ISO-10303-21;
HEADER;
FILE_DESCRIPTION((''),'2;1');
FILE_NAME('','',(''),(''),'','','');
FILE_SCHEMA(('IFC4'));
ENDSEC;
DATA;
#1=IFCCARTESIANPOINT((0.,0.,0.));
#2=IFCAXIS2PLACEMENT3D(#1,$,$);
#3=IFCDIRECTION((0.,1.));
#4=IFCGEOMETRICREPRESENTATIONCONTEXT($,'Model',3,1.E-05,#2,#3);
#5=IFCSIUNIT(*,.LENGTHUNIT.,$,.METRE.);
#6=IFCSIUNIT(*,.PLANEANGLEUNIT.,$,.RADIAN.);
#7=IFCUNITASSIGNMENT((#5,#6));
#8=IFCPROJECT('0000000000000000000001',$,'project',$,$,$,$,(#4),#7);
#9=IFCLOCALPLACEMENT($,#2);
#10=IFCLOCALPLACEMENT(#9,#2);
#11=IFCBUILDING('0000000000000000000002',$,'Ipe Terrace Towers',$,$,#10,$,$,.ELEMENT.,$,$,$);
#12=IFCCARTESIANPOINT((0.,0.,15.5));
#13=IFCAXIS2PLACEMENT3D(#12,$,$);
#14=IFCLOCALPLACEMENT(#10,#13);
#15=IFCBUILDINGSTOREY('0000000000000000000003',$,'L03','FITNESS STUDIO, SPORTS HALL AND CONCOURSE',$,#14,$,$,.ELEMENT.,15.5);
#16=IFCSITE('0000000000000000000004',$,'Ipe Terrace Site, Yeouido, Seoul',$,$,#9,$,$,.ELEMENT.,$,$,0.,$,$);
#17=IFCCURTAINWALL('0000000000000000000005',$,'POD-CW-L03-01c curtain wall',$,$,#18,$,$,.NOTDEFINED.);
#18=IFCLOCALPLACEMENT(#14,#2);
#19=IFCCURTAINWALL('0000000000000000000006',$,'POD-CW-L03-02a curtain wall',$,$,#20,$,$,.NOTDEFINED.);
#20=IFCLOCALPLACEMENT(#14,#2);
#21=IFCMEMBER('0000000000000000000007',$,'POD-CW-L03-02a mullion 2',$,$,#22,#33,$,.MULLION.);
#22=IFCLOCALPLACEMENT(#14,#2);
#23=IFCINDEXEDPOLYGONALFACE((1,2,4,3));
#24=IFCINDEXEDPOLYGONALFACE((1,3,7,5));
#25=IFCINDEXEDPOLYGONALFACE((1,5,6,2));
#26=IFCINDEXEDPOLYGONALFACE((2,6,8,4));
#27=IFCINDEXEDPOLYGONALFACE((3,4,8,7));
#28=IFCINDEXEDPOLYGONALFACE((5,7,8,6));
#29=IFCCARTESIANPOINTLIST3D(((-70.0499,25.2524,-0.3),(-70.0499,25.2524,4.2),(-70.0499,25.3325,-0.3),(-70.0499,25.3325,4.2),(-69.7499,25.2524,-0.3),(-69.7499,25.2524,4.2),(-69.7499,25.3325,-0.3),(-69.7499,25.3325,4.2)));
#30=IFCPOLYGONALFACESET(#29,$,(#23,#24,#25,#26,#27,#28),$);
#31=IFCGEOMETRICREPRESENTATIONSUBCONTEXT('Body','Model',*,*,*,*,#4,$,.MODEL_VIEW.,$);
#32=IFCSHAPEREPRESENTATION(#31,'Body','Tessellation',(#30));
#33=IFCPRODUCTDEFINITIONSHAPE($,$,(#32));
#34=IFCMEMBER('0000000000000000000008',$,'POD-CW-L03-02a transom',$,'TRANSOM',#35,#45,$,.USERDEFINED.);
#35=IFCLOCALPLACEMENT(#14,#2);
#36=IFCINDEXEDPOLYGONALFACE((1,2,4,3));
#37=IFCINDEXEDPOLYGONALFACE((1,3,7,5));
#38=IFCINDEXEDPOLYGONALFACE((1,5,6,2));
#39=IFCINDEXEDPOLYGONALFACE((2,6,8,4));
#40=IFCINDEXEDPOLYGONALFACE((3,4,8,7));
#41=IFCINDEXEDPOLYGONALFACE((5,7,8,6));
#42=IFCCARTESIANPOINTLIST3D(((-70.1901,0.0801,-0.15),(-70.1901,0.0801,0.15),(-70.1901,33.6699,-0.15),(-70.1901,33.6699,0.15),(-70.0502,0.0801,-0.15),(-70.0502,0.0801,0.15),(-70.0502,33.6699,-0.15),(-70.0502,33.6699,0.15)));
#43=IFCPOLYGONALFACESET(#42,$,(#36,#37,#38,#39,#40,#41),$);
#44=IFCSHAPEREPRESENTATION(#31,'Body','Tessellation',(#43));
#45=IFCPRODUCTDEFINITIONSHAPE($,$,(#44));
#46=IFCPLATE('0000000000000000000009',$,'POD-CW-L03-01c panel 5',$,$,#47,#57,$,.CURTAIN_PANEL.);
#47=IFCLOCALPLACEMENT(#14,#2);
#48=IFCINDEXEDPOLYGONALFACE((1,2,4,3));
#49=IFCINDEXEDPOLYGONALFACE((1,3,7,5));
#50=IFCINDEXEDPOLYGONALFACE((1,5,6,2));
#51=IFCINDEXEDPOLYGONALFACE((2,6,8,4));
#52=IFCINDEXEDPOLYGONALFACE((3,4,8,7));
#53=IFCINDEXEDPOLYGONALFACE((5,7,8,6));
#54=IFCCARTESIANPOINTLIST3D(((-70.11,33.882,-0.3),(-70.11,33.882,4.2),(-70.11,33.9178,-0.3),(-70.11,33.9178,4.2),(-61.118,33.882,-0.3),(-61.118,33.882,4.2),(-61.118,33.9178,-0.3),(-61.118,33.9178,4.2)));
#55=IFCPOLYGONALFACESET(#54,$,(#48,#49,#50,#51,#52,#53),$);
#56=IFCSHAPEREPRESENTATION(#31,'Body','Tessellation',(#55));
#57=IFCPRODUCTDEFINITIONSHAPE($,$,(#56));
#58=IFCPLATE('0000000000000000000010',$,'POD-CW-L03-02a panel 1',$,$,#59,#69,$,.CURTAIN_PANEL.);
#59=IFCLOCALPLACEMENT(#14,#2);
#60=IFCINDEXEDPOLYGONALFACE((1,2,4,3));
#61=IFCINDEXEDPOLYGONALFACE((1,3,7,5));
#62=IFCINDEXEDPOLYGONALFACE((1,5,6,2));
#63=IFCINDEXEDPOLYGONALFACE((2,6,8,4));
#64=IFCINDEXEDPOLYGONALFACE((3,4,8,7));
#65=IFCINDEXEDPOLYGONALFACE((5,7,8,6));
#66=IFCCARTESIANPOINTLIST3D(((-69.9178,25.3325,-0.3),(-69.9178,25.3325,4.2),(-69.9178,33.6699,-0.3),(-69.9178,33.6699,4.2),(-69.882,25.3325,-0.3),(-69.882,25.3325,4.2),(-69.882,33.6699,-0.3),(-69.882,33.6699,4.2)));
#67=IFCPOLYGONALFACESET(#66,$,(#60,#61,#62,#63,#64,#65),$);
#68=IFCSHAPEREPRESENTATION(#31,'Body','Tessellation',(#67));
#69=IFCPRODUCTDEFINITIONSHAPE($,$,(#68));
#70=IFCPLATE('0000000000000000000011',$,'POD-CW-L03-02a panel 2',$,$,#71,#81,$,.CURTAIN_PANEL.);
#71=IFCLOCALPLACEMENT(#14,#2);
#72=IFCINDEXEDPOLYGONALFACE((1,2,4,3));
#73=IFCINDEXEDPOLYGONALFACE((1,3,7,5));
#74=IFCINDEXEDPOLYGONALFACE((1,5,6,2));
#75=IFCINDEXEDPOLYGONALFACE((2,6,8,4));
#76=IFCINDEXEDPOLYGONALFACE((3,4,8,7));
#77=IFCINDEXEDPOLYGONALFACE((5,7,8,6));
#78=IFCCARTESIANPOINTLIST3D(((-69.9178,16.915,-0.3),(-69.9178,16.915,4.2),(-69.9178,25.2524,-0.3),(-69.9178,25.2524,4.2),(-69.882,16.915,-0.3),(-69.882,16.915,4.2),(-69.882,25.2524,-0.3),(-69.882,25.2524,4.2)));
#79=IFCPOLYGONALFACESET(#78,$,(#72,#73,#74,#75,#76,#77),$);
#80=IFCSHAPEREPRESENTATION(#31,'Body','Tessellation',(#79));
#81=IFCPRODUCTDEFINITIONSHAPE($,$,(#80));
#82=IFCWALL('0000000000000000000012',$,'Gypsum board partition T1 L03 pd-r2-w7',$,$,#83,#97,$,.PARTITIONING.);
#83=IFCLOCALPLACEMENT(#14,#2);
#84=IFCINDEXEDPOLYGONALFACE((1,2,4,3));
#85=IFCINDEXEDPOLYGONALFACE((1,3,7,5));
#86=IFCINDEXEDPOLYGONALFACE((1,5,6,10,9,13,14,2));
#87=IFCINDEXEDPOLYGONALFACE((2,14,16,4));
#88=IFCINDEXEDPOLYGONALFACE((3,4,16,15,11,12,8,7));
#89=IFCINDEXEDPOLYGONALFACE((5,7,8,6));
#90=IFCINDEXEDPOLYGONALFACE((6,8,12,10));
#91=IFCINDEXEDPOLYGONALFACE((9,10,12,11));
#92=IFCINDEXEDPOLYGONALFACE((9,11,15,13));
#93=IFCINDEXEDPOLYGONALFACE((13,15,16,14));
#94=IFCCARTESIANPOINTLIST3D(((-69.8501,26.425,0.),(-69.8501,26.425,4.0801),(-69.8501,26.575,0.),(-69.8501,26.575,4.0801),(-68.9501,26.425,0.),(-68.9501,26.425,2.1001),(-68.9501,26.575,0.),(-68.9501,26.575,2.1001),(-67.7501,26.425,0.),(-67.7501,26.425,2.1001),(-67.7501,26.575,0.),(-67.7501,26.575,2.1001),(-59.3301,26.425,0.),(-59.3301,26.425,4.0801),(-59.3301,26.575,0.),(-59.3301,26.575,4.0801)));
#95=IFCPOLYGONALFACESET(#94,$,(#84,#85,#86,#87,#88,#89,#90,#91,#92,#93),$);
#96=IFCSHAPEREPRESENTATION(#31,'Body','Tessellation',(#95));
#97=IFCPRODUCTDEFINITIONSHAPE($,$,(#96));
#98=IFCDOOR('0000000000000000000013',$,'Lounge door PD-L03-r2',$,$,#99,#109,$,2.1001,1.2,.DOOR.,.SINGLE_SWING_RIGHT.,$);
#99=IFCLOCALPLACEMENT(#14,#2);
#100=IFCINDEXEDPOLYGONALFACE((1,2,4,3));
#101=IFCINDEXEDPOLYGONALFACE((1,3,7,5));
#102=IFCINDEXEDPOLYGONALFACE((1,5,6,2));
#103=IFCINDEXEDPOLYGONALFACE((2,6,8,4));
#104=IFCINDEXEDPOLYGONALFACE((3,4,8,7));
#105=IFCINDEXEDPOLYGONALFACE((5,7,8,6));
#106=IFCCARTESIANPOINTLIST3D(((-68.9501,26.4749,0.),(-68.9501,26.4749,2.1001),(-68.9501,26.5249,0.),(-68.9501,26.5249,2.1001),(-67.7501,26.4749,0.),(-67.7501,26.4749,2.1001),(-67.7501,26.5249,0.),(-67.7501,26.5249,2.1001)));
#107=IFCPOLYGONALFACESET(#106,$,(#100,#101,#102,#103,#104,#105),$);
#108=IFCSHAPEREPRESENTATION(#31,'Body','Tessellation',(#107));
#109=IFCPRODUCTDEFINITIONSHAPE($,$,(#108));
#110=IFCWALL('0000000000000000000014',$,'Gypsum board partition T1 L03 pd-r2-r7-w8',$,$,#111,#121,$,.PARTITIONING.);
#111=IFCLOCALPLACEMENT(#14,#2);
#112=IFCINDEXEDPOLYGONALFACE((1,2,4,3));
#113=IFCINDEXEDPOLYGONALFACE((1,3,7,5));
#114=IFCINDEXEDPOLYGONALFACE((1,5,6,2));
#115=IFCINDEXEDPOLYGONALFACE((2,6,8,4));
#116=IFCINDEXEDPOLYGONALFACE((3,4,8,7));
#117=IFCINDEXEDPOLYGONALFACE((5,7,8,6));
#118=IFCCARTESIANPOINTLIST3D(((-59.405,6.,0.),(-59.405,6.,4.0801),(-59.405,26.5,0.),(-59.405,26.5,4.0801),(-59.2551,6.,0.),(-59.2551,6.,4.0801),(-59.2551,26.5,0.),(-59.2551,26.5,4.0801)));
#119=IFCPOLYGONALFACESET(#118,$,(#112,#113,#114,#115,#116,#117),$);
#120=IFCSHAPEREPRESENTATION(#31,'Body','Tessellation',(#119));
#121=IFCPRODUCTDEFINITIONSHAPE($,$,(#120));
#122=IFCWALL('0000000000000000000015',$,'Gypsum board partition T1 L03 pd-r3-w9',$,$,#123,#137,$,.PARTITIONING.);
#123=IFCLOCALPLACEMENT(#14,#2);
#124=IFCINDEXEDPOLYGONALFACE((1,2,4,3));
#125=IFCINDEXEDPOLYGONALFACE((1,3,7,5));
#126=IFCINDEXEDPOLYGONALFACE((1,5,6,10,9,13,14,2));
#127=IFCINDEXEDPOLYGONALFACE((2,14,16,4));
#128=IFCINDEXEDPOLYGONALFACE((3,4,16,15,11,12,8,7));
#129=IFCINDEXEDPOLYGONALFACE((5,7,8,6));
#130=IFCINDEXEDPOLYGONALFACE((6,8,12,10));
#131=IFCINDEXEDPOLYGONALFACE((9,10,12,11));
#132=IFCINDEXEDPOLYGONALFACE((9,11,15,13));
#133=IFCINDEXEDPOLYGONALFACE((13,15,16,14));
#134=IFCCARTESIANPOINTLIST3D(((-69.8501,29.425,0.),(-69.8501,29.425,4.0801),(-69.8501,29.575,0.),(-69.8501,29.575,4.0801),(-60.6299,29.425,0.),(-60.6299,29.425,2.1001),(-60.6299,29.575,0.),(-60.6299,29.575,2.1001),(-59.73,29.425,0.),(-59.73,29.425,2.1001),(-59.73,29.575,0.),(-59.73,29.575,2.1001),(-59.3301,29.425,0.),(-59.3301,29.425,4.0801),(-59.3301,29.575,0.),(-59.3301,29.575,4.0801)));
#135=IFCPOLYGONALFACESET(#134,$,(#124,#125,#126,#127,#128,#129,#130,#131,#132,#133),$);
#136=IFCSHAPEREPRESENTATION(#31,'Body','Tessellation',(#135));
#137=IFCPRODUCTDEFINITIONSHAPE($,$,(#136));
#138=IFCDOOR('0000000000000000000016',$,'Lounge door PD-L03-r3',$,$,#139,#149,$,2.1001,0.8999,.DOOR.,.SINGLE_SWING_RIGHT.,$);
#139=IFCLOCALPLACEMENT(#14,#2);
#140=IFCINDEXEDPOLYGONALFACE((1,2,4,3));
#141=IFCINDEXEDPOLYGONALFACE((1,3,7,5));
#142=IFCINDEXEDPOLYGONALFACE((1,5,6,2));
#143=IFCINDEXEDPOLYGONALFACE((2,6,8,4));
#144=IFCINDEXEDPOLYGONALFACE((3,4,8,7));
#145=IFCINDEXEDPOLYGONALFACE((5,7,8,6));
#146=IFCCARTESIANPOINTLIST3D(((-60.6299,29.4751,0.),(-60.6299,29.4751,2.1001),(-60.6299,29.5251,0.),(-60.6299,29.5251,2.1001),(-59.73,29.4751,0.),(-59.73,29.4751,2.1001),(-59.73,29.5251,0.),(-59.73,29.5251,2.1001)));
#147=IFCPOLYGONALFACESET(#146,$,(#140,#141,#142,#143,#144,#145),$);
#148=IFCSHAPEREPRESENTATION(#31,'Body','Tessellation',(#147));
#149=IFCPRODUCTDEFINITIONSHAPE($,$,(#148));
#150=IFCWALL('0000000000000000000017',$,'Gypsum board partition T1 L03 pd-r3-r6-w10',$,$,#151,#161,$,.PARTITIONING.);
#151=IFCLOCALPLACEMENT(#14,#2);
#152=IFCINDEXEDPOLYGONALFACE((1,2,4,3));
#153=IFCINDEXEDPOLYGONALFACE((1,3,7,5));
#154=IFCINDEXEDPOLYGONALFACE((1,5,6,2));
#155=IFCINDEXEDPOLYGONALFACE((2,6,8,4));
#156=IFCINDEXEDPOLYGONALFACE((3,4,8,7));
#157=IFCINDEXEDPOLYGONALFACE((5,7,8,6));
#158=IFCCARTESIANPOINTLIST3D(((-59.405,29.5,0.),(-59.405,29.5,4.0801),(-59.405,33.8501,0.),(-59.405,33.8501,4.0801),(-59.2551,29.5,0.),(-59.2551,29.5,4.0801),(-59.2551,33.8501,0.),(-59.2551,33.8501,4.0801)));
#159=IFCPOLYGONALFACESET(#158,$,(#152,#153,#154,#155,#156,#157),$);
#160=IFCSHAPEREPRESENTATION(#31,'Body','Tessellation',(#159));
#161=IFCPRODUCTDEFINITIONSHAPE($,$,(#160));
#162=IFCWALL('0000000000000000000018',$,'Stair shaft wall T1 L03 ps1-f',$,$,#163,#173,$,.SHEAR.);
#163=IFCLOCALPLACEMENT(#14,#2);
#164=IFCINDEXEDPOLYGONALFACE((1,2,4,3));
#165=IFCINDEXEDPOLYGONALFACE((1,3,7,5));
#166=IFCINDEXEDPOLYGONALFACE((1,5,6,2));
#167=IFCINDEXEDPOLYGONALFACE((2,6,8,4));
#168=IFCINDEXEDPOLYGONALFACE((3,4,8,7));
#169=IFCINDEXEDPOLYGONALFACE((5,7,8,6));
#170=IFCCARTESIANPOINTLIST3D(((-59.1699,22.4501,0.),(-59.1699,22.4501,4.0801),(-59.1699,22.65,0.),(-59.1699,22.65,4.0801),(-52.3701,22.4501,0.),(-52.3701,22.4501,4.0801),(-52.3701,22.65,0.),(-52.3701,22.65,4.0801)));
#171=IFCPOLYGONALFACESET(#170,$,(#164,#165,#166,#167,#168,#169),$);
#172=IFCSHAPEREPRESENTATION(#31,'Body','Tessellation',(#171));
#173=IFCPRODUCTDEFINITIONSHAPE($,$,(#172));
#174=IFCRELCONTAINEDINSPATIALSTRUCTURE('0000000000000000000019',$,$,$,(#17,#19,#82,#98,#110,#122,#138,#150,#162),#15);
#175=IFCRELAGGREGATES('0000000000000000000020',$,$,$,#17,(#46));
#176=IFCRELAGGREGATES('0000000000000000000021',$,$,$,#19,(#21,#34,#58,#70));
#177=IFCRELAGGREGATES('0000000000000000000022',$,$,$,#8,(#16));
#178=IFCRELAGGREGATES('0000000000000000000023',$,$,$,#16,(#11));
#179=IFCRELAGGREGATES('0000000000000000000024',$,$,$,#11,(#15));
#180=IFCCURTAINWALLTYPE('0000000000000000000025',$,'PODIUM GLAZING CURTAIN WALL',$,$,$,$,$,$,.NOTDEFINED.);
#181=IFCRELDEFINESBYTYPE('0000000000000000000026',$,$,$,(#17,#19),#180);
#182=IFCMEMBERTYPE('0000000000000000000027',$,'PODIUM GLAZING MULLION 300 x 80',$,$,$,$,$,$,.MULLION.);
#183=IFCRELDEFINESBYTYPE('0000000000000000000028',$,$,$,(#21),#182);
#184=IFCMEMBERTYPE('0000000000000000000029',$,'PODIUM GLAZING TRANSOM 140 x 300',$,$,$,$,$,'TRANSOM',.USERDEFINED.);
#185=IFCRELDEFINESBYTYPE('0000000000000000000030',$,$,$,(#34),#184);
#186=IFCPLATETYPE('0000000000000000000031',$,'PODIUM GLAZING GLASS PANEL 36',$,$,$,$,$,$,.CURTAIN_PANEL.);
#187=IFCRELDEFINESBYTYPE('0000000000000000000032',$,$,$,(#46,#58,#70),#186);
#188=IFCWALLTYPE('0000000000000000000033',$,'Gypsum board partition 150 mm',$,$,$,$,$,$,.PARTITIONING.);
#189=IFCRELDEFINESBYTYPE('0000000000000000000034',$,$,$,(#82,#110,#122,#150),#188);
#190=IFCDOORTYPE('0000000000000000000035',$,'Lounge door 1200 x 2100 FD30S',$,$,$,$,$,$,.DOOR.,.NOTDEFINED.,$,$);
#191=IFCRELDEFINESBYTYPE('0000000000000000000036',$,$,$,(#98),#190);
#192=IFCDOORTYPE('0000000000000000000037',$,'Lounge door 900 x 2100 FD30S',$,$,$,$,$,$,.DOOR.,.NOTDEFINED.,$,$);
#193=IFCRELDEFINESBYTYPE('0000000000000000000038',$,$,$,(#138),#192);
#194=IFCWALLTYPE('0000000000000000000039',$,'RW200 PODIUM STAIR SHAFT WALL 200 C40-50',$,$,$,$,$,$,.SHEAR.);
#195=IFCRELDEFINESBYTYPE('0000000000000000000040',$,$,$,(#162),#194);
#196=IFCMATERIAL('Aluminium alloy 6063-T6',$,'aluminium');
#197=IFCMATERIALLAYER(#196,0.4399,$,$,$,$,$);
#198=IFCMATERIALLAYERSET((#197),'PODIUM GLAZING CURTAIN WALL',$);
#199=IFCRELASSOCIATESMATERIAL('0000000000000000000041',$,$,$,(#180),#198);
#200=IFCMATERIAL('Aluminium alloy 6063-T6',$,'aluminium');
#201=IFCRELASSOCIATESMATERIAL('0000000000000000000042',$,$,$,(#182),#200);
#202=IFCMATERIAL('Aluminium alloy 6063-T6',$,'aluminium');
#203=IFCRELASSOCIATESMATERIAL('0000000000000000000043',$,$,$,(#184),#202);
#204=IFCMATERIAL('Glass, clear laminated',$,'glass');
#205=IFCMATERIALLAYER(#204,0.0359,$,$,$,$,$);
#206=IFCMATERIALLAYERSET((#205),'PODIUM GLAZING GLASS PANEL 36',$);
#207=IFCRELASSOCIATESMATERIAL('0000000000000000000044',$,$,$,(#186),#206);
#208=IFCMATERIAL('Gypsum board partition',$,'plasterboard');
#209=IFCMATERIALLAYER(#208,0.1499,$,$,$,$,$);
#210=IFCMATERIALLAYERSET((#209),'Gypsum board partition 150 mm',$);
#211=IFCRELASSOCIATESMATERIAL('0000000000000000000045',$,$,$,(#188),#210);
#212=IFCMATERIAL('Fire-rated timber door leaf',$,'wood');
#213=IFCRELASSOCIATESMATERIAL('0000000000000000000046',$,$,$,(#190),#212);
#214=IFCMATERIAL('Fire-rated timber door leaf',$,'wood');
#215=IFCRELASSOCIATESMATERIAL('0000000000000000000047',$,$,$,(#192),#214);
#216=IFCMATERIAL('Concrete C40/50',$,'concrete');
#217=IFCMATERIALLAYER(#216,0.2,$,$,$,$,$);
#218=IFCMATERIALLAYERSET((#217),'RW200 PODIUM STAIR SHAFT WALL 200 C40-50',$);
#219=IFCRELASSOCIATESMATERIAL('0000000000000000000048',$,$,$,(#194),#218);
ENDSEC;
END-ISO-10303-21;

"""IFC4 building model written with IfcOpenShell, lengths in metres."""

from ifc_helpers import new_model, si_unit, direction, frame, frame_2d, origin, origin_2d, place, context, subcontext, project, spatial, rectangle, extrude, material, layer, layer_set, material_profile, profile_set, type_object, element, fill, aggregate, save


model = new_model("IFC4")

# Units and contexts
model_context = context("Model", 3, precision=1e-05, world=origin(), true_north=direction((0.0, 1.0)))
body_context = subcontext(model_context, "Body", "Model", "MODEL_VIEW")
ifc_project = project(units=[si_unit("LENGTHUNIT", "METRE"), si_unit("PLANEANGLEUNIT", "RADIAN")], contexts=[model_context])

# Site, building, storey
site_placement = place(None, origin())
site = spatial("IfcSite", under=ifc_project, at=site_placement, Name="Ipe Terrace Site, Yeouido, Seoul", CompositionType="ELEMENT", RefElevation=0.0)
building_placement = place(site_placement, origin())
building = spatial("IfcBuilding", under=site, at=building_placement, Name="Ipe Terrace Towers", CompositionType="ELEMENT")
storey_placement = place(building_placement, frame((0.0, 0.0, 15.5)))
storey = spatial("IfcBuildingStorey", under=building, at=storey_placement, Name="L03", Description="FITNESS STUDIO, SPORTS HALL AND CONCOURSE", CompositionType="ELEMENT", Elevation=15.5)

# Curtain walls, members
ifc_material_1 = material(Name="Aluminium alloy 6063-T6", Category="aluminium")
ifc_layer_1 = layer(ifc_material_1, 0.4399)
ifc_layer_set_1 = layer_set([ifc_layer_1], Name="PODIUM GLAZING CURTAIN WALL")
curtain_wall_type = type_object("IfcCurtainWallType", Name="PODIUM GLAZING CURTAIN WALL", PredefinedType="NOTDEFINED", material=ifc_layer_set_1)
curtain_wall_1_placement = place(storey_placement, origin())
curtain_wall_1 = element("IfcCurtainWall", 1, at=curtain_wall_1_placement, inside=storey, type_object=curtain_wall_type, Name="POD-CW-L03-01c curtain wall", PredefinedType="NOTDEFINED")
ifc_material_2 = material(Name="Aluminium alloy 6063-T6", Category="aluminium")
ifc_material_profile_1 = material_profile(ifc_material_2, rectangle(XDim=0.3, YDim=0.0801, at=origin_2d()), Name="PODIUM GLAZING MULLION 300 x 80")
ifc_profile_set_1 = profile_set([ifc_material_profile_1], Name="Aluminium alloy 6063-T6")
member_type_1 = type_object("IfcMemberType", Name="PODIUM GLAZING MULLION 300 x 80", PredefinedType="MULLION", material=ifc_profile_set_1)
curtain_wall_2_placement = place(storey_placement, origin())
curtain_wall_2 = element("IfcCurtainWall", 2, at=curtain_wall_2_placement, inside=storey, type_object=curtain_wall_type, Name="POD-CW-L03-02a curtain wall", PredefinedType="NOTDEFINED")
member_1_placement = place(storey_placement, frame((-69.8999, 25.2925, -0.3), z_axis=(0.0, 0.0, 1.0), x_axis=(-1.0, 0.0, 0.0)))
member_1 = element("IfcMember", 3, at=member_1_placement, type_object=member_type_1, Name="POD-CW-L03-02a mullion 2", PredefinedType="MULLION", context=body_context, shape_type="SweptSolid", body=[
    extrude(rectangle(XDim=0.3, YDim=0.0801, at=origin_2d()), origin(), (0.0, 0.0, 1.0), 4.5),
])
ifc_material_3 = material(Name="Aluminium alloy 6063-T6", Category="aluminium")
ifc_material_profile_2 = material_profile(ifc_material_3, rectangle(XDim=0.1399, YDim=0.3, at=origin_2d()), Name="PODIUM GLAZING TRANSOM 140 x 300")
ifc_profile_set_2 = profile_set([ifc_material_profile_2], Name="Aluminium alloy 6063-T6")
member_type_2 = type_object("IfcMemberType", Name="PODIUM GLAZING TRANSOM 140 x 300", ElementType="TRANSOM", PredefinedType="USERDEFINED", material=ifc_profile_set_2)
member_2_placement = place(storey_placement, frame((-70.1201, 33.6699, 0.0), z_axis=(0.0, -1.0, 0.0), x_axis=(-1.0, 0.0, 0.0)))
member_2 = element("IfcMember", 4, at=member_2_placement, type_object=member_type_2, Name="POD-CW-L03-02a transom", ObjectType="TRANSOM", PredefinedType="USERDEFINED", context=body_context, shape_type="SweptSolid", body=[
    extrude(rectangle(XDim=0.1399, YDim=0.3, at=origin_2d()), origin(), (0.0, 0.0, 1.0), 33.5898),
])

# Plates
ifc_material_4 = material(Name="Glass, clear laminated", Category="glass")
ifc_layer_2 = layer(ifc_material_4, 0.0359)
ifc_layer_set_2 = layer_set([ifc_layer_2], Name="PODIUM GLAZING GLASS PANEL 36")
plate_type = type_object("IfcPlateType", Name="PODIUM GLAZING GLASS PANEL 36", PredefinedType="CURTAIN_PANEL", material=ifc_layer_set_2)
plate_1_placement = place(storey_placement, frame((-65.614, 33.8999, -0.3), z_axis=(0.0, 0.0, 1.0), x_axis=(-1.0, 0.0, 0.0)))
plate_1 = element("IfcPlate", 5, at=plate_1_placement, type_object=plate_type, Name="POD-CW-L03-01c panel 5", PredefinedType="CURTAIN_PANEL", context=body_context, shape_type="SweptSolid", body=[
    extrude(rectangle(XDim=8.9919, YDim=0.0359, at=origin_2d()), origin(), (0.0, 0.0, 1.0), 4.5),
])
aggregate(curtain_wall_1, [plate_1])
plate_2_placement = place(storey_placement, frame((-69.8999, 29.5012, -0.3), z_axis=(0.0, 0.0, 1.0), x_axis=(0.0, -1.0, 0.0)))
plate_2 = element("IfcPlate", 6, at=plate_2_placement, type_object=plate_type, Name="POD-CW-L03-02a panel 1", PredefinedType="CURTAIN_PANEL", context=body_context, shape_type="SweptSolid", body=[
    extrude(rectangle(XDim=8.3374, YDim=0.0359, at=origin_2d()), origin(), (0.0, 0.0, 1.0), 4.5),
])
plate_3_placement = place(storey_placement, frame((-69.8999, 21.0837, -0.3), z_axis=(0.0, 0.0, 1.0), x_axis=(0.0, -1.0, 0.0)))
plate_3 = element("IfcPlate", 7, at=plate_3_placement, type_object=plate_type, Name="POD-CW-L03-02a panel 2", PredefinedType="CURTAIN_PANEL", context=body_context, shape_type="SweptSolid", body=[
    extrude(rectangle(XDim=8.3374, YDim=0.0359, at=origin_2d()), origin(), (0.0, 0.0, 1.0), 4.5),
])
aggregate(curtain_wall_2, [member_1, member_2, plate_2, plate_3])

# Wall, opening, door
ifc_material_5 = material(Name="Gypsum board partition", Category="plasterboard")
ifc_layer_3 = layer(ifc_material_5, 0.1499)
ifc_layer_set_3 = layer_set([ifc_layer_3], Name="Gypsum board partition 150 mm")
wall_type_1 = type_object("IfcWallType", Name="Gypsum board partition 150 mm", PredefinedType="PARTITIONING", material=ifc_layer_set_3)
wall_1_placement = place(storey_placement, frame((-69.8501, 26.5, 0.0), z_axis=(0.0, 0.0, 1.0), x_axis=(1.0, 0.0, 0.0)))
wall_1 = element("IfcWall", 8, at=wall_1_placement, inside=storey, type_object=wall_type_1, Name="Gypsum board partition T1 L03 pd-r2-w7", PredefinedType="PARTITIONING", context=body_context, shape_type="SweptSolid", body=[
    extrude(rectangle(XDim=10.52, YDim=0.1499, at=frame_2d((5.26, 0.0))), origin(), (0.0, 0.0, 1.0), 4.0801),
])
opening_1_placement = place(wall_1_placement, frame((0.8999, 0.0, 0.0)))
opening_1 = element("IfcOpeningElement", 9, at=opening_1_placement, cuts=wall_1, PredefinedType="OPENING", context=body_context, shape_type="SweptSolid", body=[
    extrude(rectangle(XDim=1.2, YDim=2.1001, at=frame_2d((0.6001, 1.05))), frame((0.0, 0.085, 0.0), z_axis=(0.0, -1.0, 0.0), x_axis=(1.0, 0.0, 0.0)), (0.0, 0.0, 1.0), 0.1699),
])
ifc_material_6 = material(Name="Fire-rated timber door leaf", Category="wood")
door_type_1 = type_object("IfcDoorType", Name="Lounge door 1200 x 2100 FD30S", OperationType="NOTDEFINED", PredefinedType="DOOR", material=ifc_material_6)
door_1_placement = place(opening_1_placement, origin())
door_1 = element("IfcDoor", 10, at=door_1_placement, inside=storey, type_object=door_type_1, Name="Lounge door PD-L03-r2", OperationType="SINGLE_SWING_RIGHT", OverallHeight=2.1001, OverallWidth=1.2, PredefinedType="DOOR", context=body_context, shape_type="SweptSolid", body=[
    extrude(rectangle(XDim=1.2, YDim=2.1001, at=frame_2d((0.6001, 1.05))), frame((0.0, 0.0249, 0.0), z_axis=(0.0, -1.0, 0.0), x_axis=(1.0, 0.0, 0.0)), (0.0, 0.0, 1.0), 0.05),
])
fill(opening_1, door_1)

# Wall
wall_2_placement = place(storey_placement, frame((-59.3301, 26.5, 0.0), z_axis=(0.0, 0.0, 1.0), x_axis=(0.0, -1.0, 0.0)))
element("IfcWall", 11, at=wall_2_placement, inside=storey, type_object=wall_type_1, Name="Gypsum board partition T1 L03 pd-r2-r7-w8", PredefinedType="PARTITIONING", context=body_context, shape_type="SweptSolid", body=[
    extrude(rectangle(XDim=20.5, YDim=0.1499, at=frame_2d((10.25, 0.0))), origin(), (0.0, 0.0, 1.0), 4.0801),
])

# Wall, opening, door
wall_3_placement = place(storey_placement, frame((-59.3301, 29.5, 0.0), z_axis=(0.0, 0.0, 1.0), x_axis=(-1.0, 0.0, 0.0)))
wall_3 = element("IfcWall", 12, at=wall_3_placement, inside=storey, type_object=wall_type_1, Name="Gypsum board partition T1 L03 pd-r3-w9", PredefinedType="PARTITIONING", context=body_context, shape_type="SweptSolid", body=[
    extrude(rectangle(XDim=10.52, YDim=0.1499, at=frame_2d((5.26, 0.0))), origin(), (0.0, 0.0, 1.0), 4.0801),
])
opening_2_placement = place(wall_3_placement, frame((0.3999, 0.0, 0.0)))
opening_2 = element("IfcOpeningElement", 13, at=opening_2_placement, cuts=wall_3, PredefinedType="OPENING", context=body_context, shape_type="SweptSolid", body=[
    extrude(rectangle(XDim=0.8999, YDim=2.1001, at=frame_2d((0.45, 1.05))), frame((0.0, 0.085, 0.0), z_axis=(0.0, -1.0, 0.0), x_axis=(1.0, 0.0, 0.0)), (0.0, 0.0, 1.0), 0.1699),
])
ifc_material_7 = material(Name="Fire-rated timber door leaf", Category="wood")
door_type_2 = type_object("IfcDoorType", Name="Lounge door 900 x 2100 FD30S", OperationType="NOTDEFINED", PredefinedType="DOOR", material=ifc_material_7)
door_2_placement = place(opening_2_placement, origin())
door_2 = element("IfcDoor", 14, at=door_2_placement, inside=storey, type_object=door_type_2, Name="Lounge door PD-L03-r3", OperationType="SINGLE_SWING_RIGHT", OverallHeight=2.1001, OverallWidth=0.8999, PredefinedType="DOOR", context=body_context, shape_type="SweptSolid", body=[
    extrude(rectangle(XDim=0.8999, YDim=2.1001, at=frame_2d((0.45, 1.05))), frame((0.0, 0.0249, 0.0), z_axis=(0.0, -1.0, 0.0), x_axis=(1.0, 0.0, 0.0)), (0.0, 0.0, 1.0), 0.05),
])
fill(opening_2, door_2)

# Walls
wall_4_placement = place(storey_placement, frame((-59.3301, 33.8501, 0.0), z_axis=(0.0, 0.0, 1.0), x_axis=(0.0, -1.0, 0.0)))
element("IfcWall", 15, at=wall_4_placement, inside=storey, type_object=wall_type_1, Name="Gypsum board partition T1 L03 pd-r3-r6-w10", PredefinedType="PARTITIONING", context=body_context, shape_type="SweptSolid", body=[
    extrude(rectangle(XDim=4.3501, YDim=0.1499, at=frame_2d((2.175, 0.0))), origin(), (0.0, 0.0, 1.0), 4.0801),
])
ifc_material_8 = material(Name="Concrete C40/50", Category="concrete")
ifc_layer_4 = layer(ifc_material_8, 0.2)
ifc_layer_set_4 = layer_set([ifc_layer_4], Name="RW200 PODIUM STAIR SHAFT WALL 200 C40-50")
wall_type_2 = type_object("IfcWallType", Name="RW200 PODIUM STAIR SHAFT WALL 200 C40-50", PredefinedType="SHEAR", material=ifc_layer_set_4)
wall_5_placement = place(storey_placement, frame((-59.1699, 22.55, 0.0), z_axis=(0.0, 0.0, 1.0), x_axis=(1.0, 0.0, 0.0)))
element("IfcWall", 16, at=wall_5_placement, inside=storey, type_object=wall_type_2, Name="Stair shaft wall T1 L03 ps1-f", PredefinedType="SHEAR", context=body_context, shape_type="SweptSolid", body=[
    extrude(rectangle(XDim=6.7998, YDim=0.2, at=frame_2d((3.3999, 0.0))), origin(), (0.0, 0.0, 1.0), 4.0801),
])

save(model, "model.ifc")
